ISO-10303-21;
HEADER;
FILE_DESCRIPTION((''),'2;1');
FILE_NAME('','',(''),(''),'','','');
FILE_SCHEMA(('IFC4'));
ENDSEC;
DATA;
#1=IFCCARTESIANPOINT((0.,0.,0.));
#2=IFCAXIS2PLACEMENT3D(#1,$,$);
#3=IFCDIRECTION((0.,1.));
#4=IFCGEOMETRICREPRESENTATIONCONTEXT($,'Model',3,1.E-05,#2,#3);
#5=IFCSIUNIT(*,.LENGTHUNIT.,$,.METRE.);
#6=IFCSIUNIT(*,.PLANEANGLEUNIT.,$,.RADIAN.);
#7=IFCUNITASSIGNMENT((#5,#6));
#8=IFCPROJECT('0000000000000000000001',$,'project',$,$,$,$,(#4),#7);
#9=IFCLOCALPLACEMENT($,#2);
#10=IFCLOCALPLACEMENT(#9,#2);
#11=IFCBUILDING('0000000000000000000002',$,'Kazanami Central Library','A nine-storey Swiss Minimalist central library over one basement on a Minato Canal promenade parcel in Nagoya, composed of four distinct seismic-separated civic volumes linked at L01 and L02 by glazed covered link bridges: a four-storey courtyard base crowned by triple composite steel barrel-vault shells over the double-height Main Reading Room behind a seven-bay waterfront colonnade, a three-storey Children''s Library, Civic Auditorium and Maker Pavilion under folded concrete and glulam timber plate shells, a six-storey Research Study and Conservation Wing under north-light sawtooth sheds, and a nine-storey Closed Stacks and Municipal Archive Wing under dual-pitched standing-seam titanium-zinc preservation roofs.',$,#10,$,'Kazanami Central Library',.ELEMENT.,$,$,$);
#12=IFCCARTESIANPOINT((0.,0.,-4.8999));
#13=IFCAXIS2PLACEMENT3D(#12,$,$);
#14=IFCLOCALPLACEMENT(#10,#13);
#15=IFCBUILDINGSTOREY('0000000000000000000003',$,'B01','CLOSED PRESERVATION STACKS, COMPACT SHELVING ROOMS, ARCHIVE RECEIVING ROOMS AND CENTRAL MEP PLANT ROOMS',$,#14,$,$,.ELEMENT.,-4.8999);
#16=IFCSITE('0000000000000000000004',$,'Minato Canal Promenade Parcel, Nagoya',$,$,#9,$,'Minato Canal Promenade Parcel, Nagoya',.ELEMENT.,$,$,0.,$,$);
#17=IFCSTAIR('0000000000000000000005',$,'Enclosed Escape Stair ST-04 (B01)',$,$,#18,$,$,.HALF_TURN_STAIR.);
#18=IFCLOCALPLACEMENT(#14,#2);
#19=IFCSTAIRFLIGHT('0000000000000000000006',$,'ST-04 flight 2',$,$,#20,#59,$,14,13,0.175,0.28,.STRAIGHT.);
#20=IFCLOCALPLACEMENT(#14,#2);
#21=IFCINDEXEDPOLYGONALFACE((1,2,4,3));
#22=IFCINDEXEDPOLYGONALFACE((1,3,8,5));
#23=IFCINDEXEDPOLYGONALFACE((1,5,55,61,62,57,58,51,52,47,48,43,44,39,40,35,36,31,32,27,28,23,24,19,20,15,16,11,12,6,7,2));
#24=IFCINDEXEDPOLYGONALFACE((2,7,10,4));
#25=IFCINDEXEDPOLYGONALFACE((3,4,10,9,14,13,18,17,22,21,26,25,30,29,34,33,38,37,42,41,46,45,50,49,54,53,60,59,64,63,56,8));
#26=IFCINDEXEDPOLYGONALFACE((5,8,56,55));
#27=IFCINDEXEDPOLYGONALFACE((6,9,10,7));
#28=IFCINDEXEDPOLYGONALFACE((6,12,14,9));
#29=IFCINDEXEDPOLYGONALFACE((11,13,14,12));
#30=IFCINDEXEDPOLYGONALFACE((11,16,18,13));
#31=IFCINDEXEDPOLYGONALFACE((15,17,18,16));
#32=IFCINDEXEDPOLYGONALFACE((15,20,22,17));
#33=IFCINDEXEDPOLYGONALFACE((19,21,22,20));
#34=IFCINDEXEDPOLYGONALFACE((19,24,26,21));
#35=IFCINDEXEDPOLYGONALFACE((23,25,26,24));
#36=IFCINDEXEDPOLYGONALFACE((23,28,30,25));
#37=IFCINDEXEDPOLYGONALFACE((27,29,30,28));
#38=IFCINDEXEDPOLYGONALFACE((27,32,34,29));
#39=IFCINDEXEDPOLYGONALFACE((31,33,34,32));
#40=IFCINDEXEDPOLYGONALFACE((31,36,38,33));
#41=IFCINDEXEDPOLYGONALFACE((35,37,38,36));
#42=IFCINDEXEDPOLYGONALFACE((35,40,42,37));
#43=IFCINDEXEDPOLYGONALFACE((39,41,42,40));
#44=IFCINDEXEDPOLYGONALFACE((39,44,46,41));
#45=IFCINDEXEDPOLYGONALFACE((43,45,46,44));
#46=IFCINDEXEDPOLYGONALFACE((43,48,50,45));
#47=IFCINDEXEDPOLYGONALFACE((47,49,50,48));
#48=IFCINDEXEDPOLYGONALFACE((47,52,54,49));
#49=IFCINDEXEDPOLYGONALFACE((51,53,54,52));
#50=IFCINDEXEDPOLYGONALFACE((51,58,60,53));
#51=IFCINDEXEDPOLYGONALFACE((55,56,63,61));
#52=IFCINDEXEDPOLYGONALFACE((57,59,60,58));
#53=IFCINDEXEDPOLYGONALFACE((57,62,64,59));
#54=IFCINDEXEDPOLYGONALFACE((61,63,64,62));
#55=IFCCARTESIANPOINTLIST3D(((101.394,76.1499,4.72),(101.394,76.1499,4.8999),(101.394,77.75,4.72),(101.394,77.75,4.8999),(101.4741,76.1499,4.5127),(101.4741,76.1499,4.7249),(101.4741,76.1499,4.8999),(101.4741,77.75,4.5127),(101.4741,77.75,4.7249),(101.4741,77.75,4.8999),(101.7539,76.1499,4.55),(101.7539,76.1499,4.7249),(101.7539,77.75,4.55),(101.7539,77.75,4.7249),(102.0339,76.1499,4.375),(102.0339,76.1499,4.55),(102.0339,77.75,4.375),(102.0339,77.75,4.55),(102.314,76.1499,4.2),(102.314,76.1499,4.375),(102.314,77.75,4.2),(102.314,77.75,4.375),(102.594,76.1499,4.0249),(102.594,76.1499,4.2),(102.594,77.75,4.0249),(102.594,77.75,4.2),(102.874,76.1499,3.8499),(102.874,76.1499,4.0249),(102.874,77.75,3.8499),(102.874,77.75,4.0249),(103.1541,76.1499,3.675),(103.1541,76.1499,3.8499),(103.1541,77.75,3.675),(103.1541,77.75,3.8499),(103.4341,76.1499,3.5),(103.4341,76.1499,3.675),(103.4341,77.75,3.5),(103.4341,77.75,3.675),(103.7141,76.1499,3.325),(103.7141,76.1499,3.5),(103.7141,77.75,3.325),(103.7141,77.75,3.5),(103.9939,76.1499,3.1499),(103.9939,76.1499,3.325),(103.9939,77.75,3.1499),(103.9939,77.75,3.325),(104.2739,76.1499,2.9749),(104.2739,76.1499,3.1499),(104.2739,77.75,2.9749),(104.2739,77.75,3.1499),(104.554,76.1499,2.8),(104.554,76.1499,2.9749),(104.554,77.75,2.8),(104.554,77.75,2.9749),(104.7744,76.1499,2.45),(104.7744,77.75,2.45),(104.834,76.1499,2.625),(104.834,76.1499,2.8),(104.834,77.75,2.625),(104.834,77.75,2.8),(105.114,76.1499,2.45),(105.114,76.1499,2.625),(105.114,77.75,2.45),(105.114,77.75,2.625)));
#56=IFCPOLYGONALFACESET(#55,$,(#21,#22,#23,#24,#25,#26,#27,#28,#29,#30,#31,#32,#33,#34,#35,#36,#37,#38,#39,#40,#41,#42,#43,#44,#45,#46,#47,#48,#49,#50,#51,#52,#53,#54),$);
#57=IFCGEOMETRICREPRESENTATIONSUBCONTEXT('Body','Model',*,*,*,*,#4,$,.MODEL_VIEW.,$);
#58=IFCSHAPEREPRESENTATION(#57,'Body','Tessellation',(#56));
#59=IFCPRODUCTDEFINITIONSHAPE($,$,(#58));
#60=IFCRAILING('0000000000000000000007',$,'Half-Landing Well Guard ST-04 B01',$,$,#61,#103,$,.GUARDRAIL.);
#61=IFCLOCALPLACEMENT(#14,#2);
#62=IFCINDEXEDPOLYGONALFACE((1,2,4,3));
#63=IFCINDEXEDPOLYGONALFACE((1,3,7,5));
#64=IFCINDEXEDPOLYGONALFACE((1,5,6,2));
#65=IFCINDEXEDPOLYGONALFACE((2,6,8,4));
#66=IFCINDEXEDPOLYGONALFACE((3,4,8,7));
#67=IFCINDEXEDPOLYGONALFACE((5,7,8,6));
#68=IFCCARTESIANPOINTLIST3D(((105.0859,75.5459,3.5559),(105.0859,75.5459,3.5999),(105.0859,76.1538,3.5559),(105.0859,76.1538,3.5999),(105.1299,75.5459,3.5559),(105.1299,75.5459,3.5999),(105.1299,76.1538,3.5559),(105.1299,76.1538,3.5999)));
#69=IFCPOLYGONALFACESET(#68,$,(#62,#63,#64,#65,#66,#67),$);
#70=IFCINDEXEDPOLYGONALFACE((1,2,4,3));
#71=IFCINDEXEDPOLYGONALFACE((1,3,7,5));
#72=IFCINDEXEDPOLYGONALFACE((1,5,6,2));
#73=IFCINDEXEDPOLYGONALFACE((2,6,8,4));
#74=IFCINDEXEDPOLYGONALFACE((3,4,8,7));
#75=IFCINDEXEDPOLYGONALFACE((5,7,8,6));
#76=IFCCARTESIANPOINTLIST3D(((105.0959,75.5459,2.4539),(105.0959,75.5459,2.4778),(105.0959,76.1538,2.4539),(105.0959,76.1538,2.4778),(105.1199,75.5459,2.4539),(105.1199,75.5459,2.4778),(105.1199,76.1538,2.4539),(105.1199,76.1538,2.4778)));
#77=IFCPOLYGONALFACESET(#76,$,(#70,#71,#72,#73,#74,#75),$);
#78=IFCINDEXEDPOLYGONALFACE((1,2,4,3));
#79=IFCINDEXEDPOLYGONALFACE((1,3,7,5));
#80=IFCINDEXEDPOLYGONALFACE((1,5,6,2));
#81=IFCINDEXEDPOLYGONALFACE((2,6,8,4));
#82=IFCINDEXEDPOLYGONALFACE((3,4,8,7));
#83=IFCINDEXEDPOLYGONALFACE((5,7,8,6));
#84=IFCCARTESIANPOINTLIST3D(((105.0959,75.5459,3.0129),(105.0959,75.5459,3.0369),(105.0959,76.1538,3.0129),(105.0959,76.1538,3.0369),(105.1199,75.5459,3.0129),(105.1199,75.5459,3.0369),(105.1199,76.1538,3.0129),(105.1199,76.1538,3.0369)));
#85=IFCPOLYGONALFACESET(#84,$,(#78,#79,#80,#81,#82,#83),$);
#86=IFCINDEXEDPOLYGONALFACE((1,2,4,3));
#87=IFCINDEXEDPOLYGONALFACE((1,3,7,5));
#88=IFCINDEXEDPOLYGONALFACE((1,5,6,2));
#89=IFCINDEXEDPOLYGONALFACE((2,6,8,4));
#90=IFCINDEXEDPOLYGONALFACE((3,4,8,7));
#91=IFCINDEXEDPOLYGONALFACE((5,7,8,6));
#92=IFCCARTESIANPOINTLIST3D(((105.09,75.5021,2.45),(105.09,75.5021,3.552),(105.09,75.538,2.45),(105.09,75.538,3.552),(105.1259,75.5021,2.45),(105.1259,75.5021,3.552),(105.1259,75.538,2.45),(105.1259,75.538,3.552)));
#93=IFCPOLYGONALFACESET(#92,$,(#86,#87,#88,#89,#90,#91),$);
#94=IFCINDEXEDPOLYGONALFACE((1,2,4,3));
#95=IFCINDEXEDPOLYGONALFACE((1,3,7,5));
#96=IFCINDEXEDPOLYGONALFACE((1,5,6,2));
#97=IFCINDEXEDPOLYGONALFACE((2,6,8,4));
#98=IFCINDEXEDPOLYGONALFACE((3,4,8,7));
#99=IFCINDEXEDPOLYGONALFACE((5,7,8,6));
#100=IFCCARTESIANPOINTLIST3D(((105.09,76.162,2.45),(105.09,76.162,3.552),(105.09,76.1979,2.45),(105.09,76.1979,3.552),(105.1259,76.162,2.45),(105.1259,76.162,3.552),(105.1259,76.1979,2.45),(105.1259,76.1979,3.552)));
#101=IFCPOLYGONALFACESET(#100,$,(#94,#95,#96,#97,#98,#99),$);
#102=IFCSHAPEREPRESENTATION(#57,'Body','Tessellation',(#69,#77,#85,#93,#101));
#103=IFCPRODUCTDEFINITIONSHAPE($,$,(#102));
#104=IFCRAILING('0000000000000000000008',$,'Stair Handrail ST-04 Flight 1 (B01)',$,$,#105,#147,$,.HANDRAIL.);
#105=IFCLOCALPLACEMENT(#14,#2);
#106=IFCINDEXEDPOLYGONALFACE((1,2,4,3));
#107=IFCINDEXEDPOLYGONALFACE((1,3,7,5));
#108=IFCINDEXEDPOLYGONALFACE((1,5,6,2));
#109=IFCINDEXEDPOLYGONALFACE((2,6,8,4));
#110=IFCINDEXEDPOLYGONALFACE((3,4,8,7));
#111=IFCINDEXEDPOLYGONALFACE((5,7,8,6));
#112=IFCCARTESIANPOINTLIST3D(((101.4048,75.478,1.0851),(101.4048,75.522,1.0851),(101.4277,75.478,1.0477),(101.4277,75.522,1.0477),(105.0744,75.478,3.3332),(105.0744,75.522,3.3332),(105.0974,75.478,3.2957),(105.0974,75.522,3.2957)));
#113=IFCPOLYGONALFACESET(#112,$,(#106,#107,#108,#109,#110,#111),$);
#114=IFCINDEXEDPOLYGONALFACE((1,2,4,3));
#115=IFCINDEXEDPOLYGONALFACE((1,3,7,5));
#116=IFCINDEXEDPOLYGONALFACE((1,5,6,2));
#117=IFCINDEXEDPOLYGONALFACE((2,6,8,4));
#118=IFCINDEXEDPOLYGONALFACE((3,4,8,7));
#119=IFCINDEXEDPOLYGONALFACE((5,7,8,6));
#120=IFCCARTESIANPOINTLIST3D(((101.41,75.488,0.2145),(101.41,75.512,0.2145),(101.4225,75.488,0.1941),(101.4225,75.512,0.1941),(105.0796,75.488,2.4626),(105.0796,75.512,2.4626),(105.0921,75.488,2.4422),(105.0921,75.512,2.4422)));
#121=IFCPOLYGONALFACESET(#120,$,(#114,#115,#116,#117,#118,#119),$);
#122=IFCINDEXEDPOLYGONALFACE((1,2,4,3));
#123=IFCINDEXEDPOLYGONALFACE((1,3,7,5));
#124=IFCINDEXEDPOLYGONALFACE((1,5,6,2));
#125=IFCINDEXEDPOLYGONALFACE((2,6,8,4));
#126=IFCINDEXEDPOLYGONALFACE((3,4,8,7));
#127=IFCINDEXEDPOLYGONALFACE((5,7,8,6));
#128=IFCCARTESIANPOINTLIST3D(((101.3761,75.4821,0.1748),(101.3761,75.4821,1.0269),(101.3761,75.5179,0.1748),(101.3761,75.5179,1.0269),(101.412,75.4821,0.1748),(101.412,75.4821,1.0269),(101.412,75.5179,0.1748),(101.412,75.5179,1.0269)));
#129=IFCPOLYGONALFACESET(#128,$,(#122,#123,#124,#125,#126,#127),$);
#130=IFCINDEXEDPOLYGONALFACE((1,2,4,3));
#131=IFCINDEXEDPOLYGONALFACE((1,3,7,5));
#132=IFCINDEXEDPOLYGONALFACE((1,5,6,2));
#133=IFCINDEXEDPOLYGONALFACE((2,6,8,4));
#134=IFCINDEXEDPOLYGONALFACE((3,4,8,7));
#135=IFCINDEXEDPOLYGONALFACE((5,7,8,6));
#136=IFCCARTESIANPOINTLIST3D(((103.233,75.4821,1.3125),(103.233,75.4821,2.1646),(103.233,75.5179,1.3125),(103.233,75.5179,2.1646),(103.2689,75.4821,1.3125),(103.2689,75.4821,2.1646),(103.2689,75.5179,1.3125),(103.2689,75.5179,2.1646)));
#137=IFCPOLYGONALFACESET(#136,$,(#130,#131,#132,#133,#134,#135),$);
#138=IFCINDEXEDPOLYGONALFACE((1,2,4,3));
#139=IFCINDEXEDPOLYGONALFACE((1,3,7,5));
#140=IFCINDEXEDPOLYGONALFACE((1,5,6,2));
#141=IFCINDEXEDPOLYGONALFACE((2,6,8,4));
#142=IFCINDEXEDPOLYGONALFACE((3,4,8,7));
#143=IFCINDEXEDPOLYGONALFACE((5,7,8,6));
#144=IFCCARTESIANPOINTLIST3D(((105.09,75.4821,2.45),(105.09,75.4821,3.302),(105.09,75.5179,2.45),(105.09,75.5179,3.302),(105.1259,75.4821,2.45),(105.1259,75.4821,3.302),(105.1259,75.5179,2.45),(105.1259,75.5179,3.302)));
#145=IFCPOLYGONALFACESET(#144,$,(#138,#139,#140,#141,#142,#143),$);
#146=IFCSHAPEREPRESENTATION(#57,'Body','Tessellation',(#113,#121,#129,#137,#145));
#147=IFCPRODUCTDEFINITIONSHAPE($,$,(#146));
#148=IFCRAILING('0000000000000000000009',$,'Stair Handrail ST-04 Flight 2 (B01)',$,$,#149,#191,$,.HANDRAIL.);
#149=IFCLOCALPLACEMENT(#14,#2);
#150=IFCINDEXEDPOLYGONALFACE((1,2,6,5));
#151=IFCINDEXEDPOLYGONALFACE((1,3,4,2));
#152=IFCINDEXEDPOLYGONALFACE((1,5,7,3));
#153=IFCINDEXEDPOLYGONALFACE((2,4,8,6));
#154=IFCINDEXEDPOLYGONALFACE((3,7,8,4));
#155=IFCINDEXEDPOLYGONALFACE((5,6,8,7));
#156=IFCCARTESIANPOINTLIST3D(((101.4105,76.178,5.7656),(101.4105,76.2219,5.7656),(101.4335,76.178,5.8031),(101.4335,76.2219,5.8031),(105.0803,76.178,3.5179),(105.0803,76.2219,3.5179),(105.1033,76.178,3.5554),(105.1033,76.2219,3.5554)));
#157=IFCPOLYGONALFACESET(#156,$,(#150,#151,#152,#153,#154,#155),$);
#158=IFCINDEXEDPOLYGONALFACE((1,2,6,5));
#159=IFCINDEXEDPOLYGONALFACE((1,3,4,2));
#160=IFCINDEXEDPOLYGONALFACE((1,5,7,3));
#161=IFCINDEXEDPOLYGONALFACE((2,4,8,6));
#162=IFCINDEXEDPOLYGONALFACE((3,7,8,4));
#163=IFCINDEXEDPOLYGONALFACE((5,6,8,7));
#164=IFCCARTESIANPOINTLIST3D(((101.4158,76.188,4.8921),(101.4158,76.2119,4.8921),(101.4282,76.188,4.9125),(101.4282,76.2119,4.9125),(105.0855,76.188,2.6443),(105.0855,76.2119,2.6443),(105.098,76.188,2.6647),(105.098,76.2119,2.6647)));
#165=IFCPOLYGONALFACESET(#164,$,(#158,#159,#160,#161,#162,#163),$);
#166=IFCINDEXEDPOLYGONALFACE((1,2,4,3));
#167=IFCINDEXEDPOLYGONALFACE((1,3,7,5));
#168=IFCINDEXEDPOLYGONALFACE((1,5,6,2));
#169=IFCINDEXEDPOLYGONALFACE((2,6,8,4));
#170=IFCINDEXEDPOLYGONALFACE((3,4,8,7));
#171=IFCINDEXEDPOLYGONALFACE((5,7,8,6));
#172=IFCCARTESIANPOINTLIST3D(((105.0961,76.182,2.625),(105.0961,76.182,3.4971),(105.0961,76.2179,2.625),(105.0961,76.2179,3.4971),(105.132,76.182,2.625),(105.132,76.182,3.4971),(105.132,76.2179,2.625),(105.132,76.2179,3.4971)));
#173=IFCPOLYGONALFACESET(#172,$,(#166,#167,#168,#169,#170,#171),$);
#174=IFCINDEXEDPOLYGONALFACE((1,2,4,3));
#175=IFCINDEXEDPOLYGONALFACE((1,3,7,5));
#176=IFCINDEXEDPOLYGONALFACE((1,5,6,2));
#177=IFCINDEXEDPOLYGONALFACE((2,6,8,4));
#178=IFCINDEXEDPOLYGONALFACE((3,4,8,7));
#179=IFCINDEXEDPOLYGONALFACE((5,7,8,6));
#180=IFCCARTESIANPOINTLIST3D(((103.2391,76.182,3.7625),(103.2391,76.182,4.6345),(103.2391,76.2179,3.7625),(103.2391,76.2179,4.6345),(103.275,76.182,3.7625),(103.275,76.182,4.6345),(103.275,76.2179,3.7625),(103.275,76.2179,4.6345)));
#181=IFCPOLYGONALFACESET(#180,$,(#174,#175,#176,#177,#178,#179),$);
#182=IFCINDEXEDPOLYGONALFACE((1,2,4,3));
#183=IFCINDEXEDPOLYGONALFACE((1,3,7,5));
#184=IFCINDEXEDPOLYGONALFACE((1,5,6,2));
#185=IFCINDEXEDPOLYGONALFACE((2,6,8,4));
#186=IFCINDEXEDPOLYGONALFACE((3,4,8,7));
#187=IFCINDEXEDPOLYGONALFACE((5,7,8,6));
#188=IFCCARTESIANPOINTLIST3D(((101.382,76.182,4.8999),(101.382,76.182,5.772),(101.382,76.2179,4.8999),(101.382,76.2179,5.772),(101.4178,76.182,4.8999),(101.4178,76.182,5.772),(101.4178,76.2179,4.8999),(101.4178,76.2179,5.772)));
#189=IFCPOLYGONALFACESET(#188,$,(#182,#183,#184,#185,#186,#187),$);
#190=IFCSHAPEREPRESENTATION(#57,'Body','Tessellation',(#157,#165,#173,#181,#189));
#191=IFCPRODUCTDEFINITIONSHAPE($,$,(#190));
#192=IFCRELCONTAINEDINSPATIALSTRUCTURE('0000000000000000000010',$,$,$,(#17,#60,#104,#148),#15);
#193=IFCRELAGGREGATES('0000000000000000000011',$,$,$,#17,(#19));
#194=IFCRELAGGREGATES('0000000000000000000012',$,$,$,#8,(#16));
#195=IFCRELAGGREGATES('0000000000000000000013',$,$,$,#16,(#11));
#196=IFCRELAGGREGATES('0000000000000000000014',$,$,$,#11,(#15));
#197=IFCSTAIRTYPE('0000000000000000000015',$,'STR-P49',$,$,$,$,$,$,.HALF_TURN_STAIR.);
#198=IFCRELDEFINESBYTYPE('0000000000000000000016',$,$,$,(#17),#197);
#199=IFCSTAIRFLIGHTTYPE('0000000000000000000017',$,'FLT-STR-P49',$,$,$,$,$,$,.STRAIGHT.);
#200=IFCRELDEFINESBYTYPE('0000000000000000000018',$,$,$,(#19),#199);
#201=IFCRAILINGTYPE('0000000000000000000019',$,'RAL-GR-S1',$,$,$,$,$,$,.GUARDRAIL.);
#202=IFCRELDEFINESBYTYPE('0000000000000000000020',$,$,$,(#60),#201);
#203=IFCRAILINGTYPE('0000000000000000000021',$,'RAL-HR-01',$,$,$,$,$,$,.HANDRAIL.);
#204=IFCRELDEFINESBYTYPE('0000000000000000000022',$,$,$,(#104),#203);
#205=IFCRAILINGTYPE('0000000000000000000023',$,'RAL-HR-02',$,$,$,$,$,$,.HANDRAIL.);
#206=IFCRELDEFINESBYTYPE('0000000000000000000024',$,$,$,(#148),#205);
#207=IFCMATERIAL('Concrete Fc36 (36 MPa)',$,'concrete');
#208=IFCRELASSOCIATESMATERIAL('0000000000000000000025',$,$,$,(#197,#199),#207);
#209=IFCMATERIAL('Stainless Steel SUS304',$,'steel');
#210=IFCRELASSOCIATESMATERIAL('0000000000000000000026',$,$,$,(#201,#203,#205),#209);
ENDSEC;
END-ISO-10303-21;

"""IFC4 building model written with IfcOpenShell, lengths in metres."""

from ifc_helpers import new_model, si_unit, direction, frame, origin, origin_2d, place, context, subcontext, project, spatial, polyline, rectangle, outline, extrude, material, type_object, element, aggregate, save


model = new_model("IFC4")

# Units and contexts
model_context = context("Model", 3, precision=1e-05, world=origin(), true_north=direction((0.0, 1.0)))
body_context = subcontext(model_context, "Body", "Model", "MODEL_VIEW")
ifc_project = project(units=[si_unit("LENGTHUNIT", "METRE"), si_unit("PLANEANGLEUNIT", "RADIAN")], contexts=[model_context])

# Site, building, storey
site_placement = place(None, origin())
site = spatial("IfcSite", under=ifc_project, at=site_placement, Name="Minato Canal Promenade Parcel, Nagoya", LongName="Minato Canal Promenade Parcel, Nagoya", CompositionType="ELEMENT", RefElevation=0.0)
building_placement = place(site_placement, origin())
building = spatial("IfcBuilding", under=site, at=building_placement, Name="Kazanami Central Library", Description="A nine-storey Swiss Minimalist central library over one basement on a Minato Canal promenade parcel in Nagoya, composed of four distinct seismic-separated civic volumes linked at L01 and L02 by glazed covered link bridges: a four-storey courtyard base crowned by triple composite steel barrel-vault shells over the double-height Main Reading Room behind a seven-bay waterfront colonnade, a three-storey Children's Library, Civic Auditorium and Maker Pavilion under folded concrete and glulam timber plate shells, a six-storey Research Study and Conservation Wing under north-light sawtooth sheds, and a nine-storey Closed Stacks and Municipal Archive Wing under dual-pitched standing-seam titanium-zinc preservation roofs.", LongName="Kazanami Central Library", CompositionType="ELEMENT")
storey_placement = place(building_placement, frame((0.0, 0.0, -4.8999)))
storey = spatial("IfcBuildingStorey", under=building, at=storey_placement, Name="B01", Description="CLOSED PRESERVATION STACKS, COMPACT SHELVING ROOMS, ARCHIVE RECEIVING ROOMS AND CENTRAL MEP PLANT ROOMS", CompositionType="ELEMENT", Elevation=-4.8999)

# Shared definitions
ifc_material_1 = material(Name="Concrete Fc36 (36 MPa)", Category="concrete")

# Shared definitions
ifc_material_2 = material(Name="Stainless Steel SUS304", Category="steel")

# Stair, stair flight
stair_type = type_object("IfcStairType", Name="STR-P49", PredefinedType="HALF_TURN_STAIR", material=ifc_material_1)
stair_placement = place(storey_placement, origin())
stair = element("IfcStair", 1, at=stair_placement, inside=storey, type_object=stair_type, Name="Enclosed Escape Stair ST-04 (B01)", PredefinedType="HALF_TURN_STAIR")
stair_flight_type = type_object("IfcStairFlightType", Name="FLT-STR-P49", PredefinedType="STRAIGHT", material=ifc_material_1)
stair_flight_1_placement = place(storey_placement, frame((105.114, 76.95, 2.45), z_axis=(0.0, 0.0, 1.0), x_axis=(-1.0, 0.0, 0.0)))
stair_flight_1 = element("IfcStairFlight", 2, at=stair_flight_1_placement, type_object=stair_flight_type, Name="ST-04 flight 2", NumberOfRisers=14, NumberOfTreads=13, PredefinedType="STRAIGHT", RiserHeight=0.175, TreadLength=0.28, context=body_context, shape_type="SweptSolid", body=[
    extrude(outline(polyline([(0.0, 0.0), (0.0, 0.175), (0.28, 0.175), (0.28, 0.3501), (0.5601, 0.3501), (0.5601, 0.5249), (0.8401, 0.5249), (0.8401, 0.7), (1.1201, 0.7), (1.1201, 0.875), (1.3999, 0.875), (1.3999, 1.05), (1.6799, 1.05), (1.6799, 1.2251), (1.96, 1.2251), (1.96, 1.3999), (2.24, 1.3999), (2.24, 1.575), (2.52, 1.575), (2.52, 1.75), (2.8, 1.75), (2.8, 1.925), (3.0801, 1.925), (3.0801, 2.1001), (3.3601, 2.1001), (3.3601, 2.2749), (3.6399, 2.2749), (3.6399, 2.45), (3.72, 2.45), (3.72, 2.27), (3.6399, 2.0627), (0.3396, 0.0), (0.0, 0.0)])), frame((0.0, 0.8, 0.0), z_axis=(0.0, -1.0, 0.0), x_axis=(1.0, 0.0, 0.0)), (0.0, 0.0, 1.0), 1.6001),
])
aggregate(stair, [stair_flight_1])

# Railings
railing_type_1 = type_object("IfcRailingType", Name="RAL-GR-S1", PredefinedType="GUARDRAIL", material=ifc_material_2)
railing_1_placement = place(storey_placement, frame((105.1079, 75.52, 2.45)))
element("IfcRailing", 3, at=railing_1_placement, inside=storey, type_object=railing_type_1, Name="Half-Landing Well Guard ST-04 B01", PredefinedType="GUARDRAIL", context=body_context, shape_type="SweptSolid", body=[
    extrude(rectangle(XDim=0.0439, YDim=0.0439, at=origin_2d()), frame((0.0, 0.0259, 1.1279), z_axis=(0.0, 1.0, 0.0), x_axis=(-1.0, 0.0, 0.0)), (0.0, 0.0, 1.0), 0.6079),
    extrude(rectangle(XDim=0.0239, YDim=0.0239, at=origin_2d()), frame((0.0, 0.0259, 0.0159), z_axis=(0.0, 1.0, 0.0), x_axis=(-1.0, 0.0, 0.0)), (0.0, 0.0, 1.0), 0.6079),
    extrude(rectangle(XDim=0.0239, YDim=0.0239, at=origin_2d()), frame((0.0, 0.0259, 0.575), z_axis=(0.0, 1.0, 0.0), x_axis=(-1.0, 0.0, 0.0)), (0.0, 0.0, 1.0), 0.6079),
    extrude(rectangle(XDim=0.0359, YDim=0.0359, at=origin_2d()), origin(), (0.0, 0.0, 1.0), 1.1021),
    extrude(rectangle(XDim=0.0359, YDim=0.0359, at=origin_2d()), frame((0.0, 0.6599, 0.0)), (0.0, 0.0, 1.0), 1.1021),
])
railing_type_2 = type_object("IfcRailingType", Name="RAL-HR-01", PredefinedType="HANDRAIL", material=ifc_material_2)
railing_2_placement = place(storey_placement, frame((101.394, 75.5, 0.1748)))
element("IfcRailing", 4, at=railing_2_placement, inside=storey, type_object=railing_type_2, Name="Stair Handrail ST-04 Flight 1 (B01)", PredefinedType="HANDRAIL", context=body_context, shape_type="SweptSolid", body=[
    extrude(rectangle(XDim=0.0439, YDim=0.0439, at=origin_2d()), frame((0.0222, 0.0, 0.8916), z_axis=(0.852713, 0.0, 0.522379), x_axis=(0.0, 1.0, 0.0)), (0.0, 0.0, 1.0), 4.3035),
    extrude(rectangle(XDim=0.0239, YDim=0.0239, at=origin_2d()), frame((0.0222, 0.0, 0.0295), z_axis=(0.852713, 0.0, 0.522379), x_axis=(0.0, 1.0, 0.0)), (0.0, 0.0, 1.0), 4.3035),
    extrude(rectangle(XDim=0.0359, YDim=0.0359, at=origin_2d()), origin(), (0.0, 0.0, 1.0), 0.8521),
    extrude(rectangle(XDim=0.0359, YDim=0.0359, at=origin_2d()), frame((1.8569, 0.0, 1.1377)), (0.0, 0.0, 1.0), 0.8521),
    extrude(rectangle(XDim=0.0359, YDim=0.0359, at=origin_2d()), frame((3.7139, 0.0, 2.2751)), (0.0, 0.0, 1.0), 0.8521),
])
railing_type_3 = type_object("IfcRailingType", Name="RAL-HR-02", PredefinedType="HANDRAIL", material=ifc_material_2)
railing_3_placement = place(storey_placement, frame((105.114, 76.2, 2.625)))
element("IfcRailing", 5, at=railing_3_placement, inside=storey, type_object=railing_type_3, Name="Stair Handrail ST-04 Flight 2 (B01)", PredefinedType="HANDRAIL", context=body_context, shape_type="SweptSolid", body=[
    extrude(rectangle(XDim=0.0439, YDim=0.0439, at=origin_2d()), frame((-0.0222, 0.0, 0.9116), z_axis=(-0.852753, 0.0, 0.522314), x_axis=(0.0, -1.0, 0.0)), (0.0, 0.0, 1.0), 4.3035),
    extrude(rectangle(XDim=0.0239, YDim=0.0239, at=origin_2d()), frame((-0.0222, 0.0, 0.0295), z_axis=(-0.852753, 0.0, 0.522314), x_axis=(0.0, -1.0, 0.0)), (0.0, 0.0, 1.0), 4.3035),
    extrude(rectangle(XDim=0.0359, YDim=0.0359, at=origin_2d()), origin(), (0.0, 0.0, 1.0), 0.8721),
    extrude(rectangle(XDim=0.0359, YDim=0.0359, at=origin_2d()), frame((-1.8569, 0.0, 1.1375)), (0.0, 0.0, 1.0), 0.8721),
    extrude(rectangle(XDim=0.0359, YDim=0.0359, at=origin_2d()), frame((-3.7141, 0.0, 2.2749)), (0.0, 0.0, 1.0), 0.8721),
])

save(model, "model.ifc")
